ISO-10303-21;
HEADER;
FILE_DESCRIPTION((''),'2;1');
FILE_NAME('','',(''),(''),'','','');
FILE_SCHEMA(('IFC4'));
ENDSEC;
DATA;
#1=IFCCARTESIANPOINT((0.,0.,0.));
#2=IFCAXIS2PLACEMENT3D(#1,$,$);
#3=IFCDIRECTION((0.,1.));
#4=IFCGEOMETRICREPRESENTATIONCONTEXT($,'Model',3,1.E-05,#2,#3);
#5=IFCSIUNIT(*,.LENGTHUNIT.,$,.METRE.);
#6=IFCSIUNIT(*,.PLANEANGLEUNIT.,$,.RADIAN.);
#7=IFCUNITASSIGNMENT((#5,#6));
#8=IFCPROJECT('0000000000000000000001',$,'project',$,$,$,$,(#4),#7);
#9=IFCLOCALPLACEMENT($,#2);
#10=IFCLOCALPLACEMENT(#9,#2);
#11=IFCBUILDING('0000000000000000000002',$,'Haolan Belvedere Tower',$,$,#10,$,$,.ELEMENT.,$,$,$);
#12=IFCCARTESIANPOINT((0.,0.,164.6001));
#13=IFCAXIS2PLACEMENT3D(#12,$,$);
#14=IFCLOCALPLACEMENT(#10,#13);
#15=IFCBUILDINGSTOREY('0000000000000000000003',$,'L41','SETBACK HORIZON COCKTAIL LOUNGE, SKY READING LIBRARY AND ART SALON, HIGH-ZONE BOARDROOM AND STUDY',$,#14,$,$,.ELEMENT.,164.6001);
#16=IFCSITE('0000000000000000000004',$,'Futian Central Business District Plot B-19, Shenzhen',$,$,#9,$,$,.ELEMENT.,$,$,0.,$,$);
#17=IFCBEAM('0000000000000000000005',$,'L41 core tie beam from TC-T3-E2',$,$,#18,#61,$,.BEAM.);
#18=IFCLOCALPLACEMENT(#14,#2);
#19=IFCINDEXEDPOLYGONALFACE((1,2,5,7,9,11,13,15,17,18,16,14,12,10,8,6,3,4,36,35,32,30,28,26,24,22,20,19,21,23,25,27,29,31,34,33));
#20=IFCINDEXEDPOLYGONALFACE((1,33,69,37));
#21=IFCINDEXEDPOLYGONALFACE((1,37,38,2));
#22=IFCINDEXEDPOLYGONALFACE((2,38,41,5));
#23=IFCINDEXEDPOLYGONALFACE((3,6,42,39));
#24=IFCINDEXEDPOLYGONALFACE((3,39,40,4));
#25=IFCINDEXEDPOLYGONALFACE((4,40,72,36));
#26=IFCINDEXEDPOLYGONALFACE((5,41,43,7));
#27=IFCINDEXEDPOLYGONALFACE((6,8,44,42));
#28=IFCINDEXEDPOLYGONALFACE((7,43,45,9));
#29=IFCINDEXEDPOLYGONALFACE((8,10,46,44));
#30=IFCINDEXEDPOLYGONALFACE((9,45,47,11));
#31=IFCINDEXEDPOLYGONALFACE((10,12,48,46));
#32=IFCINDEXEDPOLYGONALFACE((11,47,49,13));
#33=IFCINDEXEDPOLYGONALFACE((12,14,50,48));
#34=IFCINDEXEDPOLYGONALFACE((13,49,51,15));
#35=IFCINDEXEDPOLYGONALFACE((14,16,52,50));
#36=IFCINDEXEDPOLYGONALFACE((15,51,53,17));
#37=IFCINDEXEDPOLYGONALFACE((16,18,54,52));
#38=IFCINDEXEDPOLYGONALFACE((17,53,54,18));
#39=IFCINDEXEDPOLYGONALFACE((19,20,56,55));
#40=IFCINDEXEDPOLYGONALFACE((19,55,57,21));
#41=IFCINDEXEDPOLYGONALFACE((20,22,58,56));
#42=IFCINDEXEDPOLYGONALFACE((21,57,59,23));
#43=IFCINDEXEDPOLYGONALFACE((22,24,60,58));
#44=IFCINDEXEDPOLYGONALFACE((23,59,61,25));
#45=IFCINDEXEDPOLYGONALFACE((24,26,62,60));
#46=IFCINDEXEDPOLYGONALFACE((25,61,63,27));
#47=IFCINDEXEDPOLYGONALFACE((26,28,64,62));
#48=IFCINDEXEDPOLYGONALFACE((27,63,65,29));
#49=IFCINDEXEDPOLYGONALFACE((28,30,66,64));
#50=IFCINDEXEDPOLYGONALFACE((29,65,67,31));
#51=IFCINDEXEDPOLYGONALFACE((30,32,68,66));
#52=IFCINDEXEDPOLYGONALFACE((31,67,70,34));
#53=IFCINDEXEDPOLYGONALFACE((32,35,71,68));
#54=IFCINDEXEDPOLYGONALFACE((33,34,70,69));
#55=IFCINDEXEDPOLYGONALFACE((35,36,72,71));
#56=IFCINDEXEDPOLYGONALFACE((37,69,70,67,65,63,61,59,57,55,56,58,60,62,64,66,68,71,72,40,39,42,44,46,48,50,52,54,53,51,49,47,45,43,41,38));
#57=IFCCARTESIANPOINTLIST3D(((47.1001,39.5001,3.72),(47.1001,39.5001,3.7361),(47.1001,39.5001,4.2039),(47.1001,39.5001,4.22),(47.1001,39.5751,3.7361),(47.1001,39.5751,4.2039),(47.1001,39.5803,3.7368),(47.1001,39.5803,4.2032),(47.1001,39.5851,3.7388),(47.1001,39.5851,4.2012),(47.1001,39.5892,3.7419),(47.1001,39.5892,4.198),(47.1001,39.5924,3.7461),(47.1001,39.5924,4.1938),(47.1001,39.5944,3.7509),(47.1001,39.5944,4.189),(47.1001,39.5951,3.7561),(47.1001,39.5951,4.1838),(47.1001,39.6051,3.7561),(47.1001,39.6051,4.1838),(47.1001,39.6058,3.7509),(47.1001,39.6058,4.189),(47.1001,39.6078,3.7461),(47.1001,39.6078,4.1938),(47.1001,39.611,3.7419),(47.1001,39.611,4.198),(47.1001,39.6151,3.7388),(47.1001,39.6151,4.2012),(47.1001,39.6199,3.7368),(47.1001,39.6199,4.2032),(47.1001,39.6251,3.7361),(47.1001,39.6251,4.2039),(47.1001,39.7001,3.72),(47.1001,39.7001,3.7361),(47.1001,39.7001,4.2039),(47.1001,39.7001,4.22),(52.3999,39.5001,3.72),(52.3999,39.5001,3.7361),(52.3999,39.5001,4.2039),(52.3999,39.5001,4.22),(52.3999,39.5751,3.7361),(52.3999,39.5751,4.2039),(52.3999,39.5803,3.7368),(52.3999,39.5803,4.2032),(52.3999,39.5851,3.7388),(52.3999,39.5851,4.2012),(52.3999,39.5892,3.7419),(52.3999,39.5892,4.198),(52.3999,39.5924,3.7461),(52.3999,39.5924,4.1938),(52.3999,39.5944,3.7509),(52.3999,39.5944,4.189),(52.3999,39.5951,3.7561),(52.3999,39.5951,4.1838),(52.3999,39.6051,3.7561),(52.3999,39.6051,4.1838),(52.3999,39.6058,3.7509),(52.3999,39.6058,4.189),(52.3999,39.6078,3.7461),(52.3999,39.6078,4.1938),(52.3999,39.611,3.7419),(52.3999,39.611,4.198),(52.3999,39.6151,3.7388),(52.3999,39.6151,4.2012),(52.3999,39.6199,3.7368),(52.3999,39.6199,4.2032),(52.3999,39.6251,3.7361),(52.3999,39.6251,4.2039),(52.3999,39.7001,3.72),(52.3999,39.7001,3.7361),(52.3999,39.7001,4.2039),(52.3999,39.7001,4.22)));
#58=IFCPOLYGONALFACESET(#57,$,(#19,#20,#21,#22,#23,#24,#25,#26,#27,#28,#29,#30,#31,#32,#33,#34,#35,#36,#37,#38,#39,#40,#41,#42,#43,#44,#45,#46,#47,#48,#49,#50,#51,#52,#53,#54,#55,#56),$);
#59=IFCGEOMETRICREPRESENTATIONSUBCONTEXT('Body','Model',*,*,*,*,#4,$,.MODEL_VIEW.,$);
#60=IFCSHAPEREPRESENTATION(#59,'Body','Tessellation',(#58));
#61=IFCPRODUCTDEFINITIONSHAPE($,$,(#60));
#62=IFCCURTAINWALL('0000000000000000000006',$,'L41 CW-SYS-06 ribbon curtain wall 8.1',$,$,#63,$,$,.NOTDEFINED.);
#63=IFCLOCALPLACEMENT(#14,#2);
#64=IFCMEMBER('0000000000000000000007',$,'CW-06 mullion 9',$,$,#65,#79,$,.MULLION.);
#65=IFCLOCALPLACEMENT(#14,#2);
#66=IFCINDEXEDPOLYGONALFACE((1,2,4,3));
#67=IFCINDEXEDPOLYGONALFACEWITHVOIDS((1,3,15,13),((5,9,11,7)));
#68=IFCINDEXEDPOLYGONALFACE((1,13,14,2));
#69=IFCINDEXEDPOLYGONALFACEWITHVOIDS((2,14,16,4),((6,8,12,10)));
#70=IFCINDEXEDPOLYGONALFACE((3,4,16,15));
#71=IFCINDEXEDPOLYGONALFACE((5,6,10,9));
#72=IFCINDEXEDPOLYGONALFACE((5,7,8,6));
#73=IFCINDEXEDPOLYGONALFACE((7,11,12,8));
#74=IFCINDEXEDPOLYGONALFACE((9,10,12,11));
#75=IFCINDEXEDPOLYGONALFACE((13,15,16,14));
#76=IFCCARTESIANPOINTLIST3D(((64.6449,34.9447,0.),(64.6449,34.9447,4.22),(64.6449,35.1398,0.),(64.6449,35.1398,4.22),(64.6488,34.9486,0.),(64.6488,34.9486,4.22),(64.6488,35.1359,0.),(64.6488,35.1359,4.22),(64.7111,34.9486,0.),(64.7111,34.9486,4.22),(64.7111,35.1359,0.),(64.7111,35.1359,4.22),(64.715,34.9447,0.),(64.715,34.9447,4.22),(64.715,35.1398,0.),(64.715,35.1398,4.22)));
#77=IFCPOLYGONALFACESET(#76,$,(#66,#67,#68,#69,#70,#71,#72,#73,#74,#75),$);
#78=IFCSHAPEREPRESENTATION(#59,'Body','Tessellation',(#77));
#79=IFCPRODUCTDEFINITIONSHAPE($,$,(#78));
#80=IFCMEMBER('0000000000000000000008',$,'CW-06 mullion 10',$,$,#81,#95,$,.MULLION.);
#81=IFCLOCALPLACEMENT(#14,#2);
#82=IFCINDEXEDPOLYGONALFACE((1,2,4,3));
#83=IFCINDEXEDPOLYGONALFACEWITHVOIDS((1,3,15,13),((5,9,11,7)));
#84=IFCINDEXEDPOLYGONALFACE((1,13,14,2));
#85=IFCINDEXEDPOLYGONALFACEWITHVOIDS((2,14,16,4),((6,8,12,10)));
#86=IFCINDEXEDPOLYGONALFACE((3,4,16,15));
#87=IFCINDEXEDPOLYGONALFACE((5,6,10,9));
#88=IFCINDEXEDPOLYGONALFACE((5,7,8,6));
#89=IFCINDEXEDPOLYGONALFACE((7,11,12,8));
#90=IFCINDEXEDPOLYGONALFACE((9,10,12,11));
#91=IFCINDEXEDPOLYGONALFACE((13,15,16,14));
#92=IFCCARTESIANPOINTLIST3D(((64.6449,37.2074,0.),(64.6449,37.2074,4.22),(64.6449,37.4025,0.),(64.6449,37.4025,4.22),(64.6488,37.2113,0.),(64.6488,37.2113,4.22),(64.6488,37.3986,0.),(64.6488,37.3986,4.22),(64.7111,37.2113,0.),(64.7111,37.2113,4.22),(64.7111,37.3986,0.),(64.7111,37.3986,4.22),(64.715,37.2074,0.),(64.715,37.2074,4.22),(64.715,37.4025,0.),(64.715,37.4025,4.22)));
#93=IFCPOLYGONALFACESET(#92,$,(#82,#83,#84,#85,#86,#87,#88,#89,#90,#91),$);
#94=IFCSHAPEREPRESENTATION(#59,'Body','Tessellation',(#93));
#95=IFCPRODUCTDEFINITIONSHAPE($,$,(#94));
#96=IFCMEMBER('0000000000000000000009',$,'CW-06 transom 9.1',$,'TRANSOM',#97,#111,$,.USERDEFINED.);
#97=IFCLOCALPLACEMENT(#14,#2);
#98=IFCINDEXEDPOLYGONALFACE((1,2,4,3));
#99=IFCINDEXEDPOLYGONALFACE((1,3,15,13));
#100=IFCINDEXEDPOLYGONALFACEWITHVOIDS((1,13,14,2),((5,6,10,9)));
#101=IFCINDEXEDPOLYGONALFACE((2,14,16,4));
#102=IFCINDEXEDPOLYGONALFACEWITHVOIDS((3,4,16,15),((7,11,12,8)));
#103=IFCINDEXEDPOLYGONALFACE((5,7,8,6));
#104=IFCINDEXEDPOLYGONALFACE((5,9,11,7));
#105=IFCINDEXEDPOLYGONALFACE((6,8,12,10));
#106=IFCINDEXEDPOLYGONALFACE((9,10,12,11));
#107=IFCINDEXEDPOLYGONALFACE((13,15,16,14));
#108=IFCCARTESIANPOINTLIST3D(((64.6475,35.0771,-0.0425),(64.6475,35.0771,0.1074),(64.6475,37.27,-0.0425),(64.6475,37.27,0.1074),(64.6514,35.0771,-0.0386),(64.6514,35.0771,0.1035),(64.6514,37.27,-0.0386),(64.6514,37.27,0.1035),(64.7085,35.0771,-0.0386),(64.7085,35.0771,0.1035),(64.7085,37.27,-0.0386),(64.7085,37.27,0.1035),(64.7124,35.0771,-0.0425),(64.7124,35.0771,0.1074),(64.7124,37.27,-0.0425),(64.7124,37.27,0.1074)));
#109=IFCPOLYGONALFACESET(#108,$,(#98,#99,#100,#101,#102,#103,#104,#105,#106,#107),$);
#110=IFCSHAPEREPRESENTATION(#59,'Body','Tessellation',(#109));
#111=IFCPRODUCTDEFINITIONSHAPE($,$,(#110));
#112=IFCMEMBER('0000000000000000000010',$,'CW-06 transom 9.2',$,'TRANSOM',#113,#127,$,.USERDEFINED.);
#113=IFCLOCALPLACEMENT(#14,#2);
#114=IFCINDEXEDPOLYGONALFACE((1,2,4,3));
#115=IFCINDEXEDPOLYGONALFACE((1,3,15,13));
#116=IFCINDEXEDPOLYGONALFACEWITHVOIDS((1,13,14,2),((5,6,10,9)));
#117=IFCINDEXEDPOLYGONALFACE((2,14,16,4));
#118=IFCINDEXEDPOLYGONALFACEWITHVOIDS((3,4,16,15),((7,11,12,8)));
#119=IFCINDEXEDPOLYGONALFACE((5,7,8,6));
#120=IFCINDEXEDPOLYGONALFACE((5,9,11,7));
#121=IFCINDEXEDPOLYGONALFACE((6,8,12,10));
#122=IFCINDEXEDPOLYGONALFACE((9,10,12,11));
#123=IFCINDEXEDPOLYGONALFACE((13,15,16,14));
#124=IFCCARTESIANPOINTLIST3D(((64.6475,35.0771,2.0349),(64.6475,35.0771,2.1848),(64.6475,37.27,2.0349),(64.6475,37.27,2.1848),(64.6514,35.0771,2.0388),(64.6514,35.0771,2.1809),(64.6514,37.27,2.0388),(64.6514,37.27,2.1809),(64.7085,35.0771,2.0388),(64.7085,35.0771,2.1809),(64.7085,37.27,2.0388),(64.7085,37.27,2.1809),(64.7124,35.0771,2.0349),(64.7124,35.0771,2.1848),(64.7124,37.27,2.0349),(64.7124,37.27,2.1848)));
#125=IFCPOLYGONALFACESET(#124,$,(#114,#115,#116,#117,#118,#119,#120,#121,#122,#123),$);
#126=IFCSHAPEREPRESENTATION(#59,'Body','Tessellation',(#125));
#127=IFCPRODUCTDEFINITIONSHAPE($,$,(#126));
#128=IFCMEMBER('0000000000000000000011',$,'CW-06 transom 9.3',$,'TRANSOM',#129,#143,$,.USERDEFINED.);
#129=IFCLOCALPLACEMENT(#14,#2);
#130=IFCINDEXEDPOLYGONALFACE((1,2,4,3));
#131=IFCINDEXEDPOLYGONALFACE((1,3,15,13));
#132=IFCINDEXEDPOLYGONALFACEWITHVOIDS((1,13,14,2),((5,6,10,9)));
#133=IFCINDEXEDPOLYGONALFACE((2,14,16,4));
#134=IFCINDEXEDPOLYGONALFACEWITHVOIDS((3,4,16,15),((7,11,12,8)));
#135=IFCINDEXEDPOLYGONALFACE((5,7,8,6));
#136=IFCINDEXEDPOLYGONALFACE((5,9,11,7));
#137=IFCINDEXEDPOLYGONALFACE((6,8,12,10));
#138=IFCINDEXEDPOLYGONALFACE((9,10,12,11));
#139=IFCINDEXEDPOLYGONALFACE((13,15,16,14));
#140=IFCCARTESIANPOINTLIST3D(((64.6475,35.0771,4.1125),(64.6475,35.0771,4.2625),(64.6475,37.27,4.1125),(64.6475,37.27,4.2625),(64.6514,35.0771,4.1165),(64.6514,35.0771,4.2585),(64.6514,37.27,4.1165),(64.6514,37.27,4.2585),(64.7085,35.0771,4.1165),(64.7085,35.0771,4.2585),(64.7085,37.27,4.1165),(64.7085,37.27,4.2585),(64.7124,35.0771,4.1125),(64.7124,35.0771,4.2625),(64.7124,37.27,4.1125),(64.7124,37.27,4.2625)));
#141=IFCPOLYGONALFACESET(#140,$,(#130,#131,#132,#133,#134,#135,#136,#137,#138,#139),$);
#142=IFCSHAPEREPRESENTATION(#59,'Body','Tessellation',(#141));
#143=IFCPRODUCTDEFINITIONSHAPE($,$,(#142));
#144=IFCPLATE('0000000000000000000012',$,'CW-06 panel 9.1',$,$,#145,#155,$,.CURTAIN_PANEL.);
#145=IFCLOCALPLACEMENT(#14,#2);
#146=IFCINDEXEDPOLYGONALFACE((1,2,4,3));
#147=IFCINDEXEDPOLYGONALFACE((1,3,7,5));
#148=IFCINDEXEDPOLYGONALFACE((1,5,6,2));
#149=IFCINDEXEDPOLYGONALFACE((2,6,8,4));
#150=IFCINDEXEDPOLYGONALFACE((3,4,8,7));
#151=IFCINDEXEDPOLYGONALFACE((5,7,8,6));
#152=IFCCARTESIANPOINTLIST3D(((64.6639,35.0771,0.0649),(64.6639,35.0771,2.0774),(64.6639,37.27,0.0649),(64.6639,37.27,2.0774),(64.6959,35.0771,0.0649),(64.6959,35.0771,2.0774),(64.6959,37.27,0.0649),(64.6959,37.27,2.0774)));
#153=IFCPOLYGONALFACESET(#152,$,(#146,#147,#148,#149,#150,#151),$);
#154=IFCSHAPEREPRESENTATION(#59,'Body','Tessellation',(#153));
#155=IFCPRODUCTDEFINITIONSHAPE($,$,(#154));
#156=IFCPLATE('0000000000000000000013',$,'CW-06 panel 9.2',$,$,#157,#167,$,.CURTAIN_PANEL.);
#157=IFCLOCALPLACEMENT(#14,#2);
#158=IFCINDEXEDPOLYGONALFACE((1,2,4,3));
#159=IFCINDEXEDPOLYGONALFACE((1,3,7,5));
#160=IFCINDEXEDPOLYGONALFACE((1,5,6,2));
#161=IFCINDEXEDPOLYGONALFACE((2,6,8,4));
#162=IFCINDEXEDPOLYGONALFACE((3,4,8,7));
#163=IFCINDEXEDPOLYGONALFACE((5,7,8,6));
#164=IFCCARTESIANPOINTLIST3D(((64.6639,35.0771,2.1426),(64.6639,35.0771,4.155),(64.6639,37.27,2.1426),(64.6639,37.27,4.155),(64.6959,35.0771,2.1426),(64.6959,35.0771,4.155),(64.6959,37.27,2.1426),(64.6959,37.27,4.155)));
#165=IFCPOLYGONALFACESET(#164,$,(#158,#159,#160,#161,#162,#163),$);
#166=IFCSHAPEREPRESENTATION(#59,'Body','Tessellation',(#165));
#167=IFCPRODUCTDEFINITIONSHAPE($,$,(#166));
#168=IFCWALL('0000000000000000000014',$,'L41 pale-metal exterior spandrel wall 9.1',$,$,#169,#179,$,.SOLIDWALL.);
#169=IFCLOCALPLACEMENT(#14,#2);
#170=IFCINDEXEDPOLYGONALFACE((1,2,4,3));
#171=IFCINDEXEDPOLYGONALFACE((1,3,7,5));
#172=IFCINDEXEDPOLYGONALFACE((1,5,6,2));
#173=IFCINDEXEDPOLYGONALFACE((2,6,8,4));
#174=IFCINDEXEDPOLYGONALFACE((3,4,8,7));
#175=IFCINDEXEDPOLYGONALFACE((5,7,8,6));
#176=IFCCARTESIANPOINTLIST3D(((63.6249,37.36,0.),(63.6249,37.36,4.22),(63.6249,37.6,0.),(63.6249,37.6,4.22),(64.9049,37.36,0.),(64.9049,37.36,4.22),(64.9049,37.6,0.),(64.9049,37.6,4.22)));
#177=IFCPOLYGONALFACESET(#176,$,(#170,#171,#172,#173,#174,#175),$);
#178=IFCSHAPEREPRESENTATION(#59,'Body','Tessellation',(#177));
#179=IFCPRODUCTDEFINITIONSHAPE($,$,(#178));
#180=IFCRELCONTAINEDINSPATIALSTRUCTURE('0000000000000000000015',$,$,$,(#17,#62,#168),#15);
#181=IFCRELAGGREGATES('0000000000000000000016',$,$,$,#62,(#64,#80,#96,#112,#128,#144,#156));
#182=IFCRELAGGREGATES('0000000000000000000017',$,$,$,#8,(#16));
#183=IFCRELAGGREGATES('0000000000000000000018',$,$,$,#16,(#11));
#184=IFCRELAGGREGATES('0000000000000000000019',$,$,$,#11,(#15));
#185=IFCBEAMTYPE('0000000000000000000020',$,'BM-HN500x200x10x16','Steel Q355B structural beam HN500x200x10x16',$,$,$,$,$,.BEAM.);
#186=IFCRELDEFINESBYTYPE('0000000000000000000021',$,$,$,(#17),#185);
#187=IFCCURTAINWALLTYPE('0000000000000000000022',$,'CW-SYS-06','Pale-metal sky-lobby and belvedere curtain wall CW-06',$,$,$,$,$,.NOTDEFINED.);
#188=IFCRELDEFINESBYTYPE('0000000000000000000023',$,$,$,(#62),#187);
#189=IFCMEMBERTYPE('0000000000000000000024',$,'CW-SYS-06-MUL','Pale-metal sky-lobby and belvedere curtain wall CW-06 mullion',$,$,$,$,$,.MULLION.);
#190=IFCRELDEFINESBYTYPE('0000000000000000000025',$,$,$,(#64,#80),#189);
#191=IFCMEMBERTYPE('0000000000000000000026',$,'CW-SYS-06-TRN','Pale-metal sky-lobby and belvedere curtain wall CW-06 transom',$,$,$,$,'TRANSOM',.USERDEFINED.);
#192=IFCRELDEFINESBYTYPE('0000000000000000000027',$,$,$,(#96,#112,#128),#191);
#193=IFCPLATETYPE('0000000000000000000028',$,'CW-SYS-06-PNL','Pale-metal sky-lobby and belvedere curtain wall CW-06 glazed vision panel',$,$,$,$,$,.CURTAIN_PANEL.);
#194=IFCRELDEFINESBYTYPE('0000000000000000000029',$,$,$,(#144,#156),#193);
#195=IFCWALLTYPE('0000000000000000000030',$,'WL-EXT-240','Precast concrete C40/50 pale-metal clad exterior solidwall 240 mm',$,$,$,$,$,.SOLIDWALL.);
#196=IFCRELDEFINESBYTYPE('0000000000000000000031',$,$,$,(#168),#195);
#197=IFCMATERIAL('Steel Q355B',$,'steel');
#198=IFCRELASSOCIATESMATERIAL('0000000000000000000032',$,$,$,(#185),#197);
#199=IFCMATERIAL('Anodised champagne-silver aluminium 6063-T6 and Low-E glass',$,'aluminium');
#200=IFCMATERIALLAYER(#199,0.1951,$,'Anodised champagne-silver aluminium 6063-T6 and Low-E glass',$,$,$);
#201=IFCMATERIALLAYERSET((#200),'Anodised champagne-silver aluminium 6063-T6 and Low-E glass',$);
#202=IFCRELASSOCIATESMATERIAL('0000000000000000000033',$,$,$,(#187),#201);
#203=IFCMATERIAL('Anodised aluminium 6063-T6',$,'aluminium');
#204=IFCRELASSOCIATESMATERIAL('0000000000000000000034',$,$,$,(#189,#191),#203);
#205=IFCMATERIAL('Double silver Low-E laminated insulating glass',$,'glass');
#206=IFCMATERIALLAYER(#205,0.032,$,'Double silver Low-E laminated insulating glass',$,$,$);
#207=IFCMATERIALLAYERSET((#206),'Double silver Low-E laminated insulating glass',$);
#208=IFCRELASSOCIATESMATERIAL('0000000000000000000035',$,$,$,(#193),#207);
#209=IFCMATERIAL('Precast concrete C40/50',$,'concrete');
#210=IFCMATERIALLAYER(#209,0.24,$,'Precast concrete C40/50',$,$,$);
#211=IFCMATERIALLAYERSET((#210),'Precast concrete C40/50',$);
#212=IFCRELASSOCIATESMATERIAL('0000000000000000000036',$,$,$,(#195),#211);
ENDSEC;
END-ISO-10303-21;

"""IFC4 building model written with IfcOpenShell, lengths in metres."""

from ifc_helpers import new_model, si_unit, direction, frame, frame_2d, origin, origin_2d, place, context, subcontext, project, spatial, rectangle, hollow_rectangle, i_section, extrude, material, layer, layer_set, material_profile, profile_set, type_object, element, aggregate, save


model = new_model("IFC4")

# Units and contexts
model_context = context("Model", 3, precision=1e-05, world=origin(), true_north=direction((0.0, 1.0)))
body_context = subcontext(model_context, "Body", "Model", "MODEL_VIEW")
ifc_project = project(units=[si_unit("LENGTHUNIT", "METRE"), si_unit("PLANEANGLEUNIT", "RADIAN")], contexts=[model_context])

# Site, building, storey
site_placement = place(None, origin())
site = spatial("IfcSite", under=ifc_project, at=site_placement, Name="Futian Central Business District Plot B-19, Shenzhen", CompositionType="ELEMENT", RefElevation=0.0)
building_placement = place(site_placement, origin())
building = spatial("IfcBuilding", under=site, at=building_placement, Name="Haolan Belvedere Tower", CompositionType="ELEMENT")
storey_placement = place(building_placement, frame((0.0, 0.0, 164.6001)))
storey = spatial("IfcBuildingStorey", under=building, at=storey_placement, Name="L41", Description="SETBACK HORIZON COCKTAIL LOUNGE, SKY READING LIBRARY AND ART SALON, HIGH-ZONE BOARDROOM AND STUDY", CompositionType="ELEMENT", Elevation=164.6001)

# Beam
ifc_material_1 = material(Name="Steel Q355B", Category="steel")
ifc_material_profile_1 = material_profile(ifc_material_1, i_section(OverallWidth=0.2, OverallDepth=0.5, WebThickness=0.01, FlangeThickness=0.0161, FilletRadius=0.02, at=origin_2d()), Name="Steel Q355B")
ifc_profile_set_1 = profile_set([ifc_material_profile_1], Name="Steel Q355B")
beam_type_1 = type_object("IfcBeamType", Name="BM-HN500x200x10x16", Description="Steel Q355B structural beam HN500x200x10x16", PredefinedType="BEAM", material=ifc_profile_set_1)
beam_1_placement = place(storey_placement, frame((52.3999, 39.6001, 3.97), z_axis=(-1.0, 0.0, 0.0), x_axis=(0.0, -1.0, 0.0)))
element("IfcBeam", 1, at=beam_1_placement, inside=storey, type_object=beam_type_1, Name="L41 core tie beam from TC-T3-E2", PredefinedType="BEAM", context=body_context, shape_type="SweptSolid", body=[
    extrude(i_section(OverallWidth=0.2, OverallDepth=0.5, WebThickness=0.01, FlangeThickness=0.0161, FilletRadius=0.02, at=origin_2d()), origin(), (0.0, 0.0, 1.0), 5.2998),
])

# Curtain wall, members, plates
ifc_material_2 = material(Name="Anodised champagne-silver aluminium 6063-T6 and Low-E glass", Category="aluminium")
ifc_layer_1 = layer(ifc_material_2, 0.1951, Name="Anodised champagne-silver aluminium 6063-T6 and Low-E glass")
ifc_layer_set_1 = layer_set([ifc_layer_1], Name="Anodised champagne-silver aluminium 6063-T6 and Low-E glass")
curtain_wall_type = type_object("IfcCurtainWallType", Name="CW-SYS-06", Description="Pale-metal sky-lobby and belvedere curtain wall CW-06", PredefinedType="NOTDEFINED", material=ifc_layer_set_1)
curtain_wall_placement = place(storey_placement, origin())
curtain_wall = element("IfcCurtainWall", 2, at=curtain_wall_placement, inside=storey, type_object=curtain_wall_type, Name="L41 CW-SYS-06 ribbon curtain wall 8.1", PredefinedType="NOTDEFINED")
ifc_material_3 = material(Name="Anodised aluminium 6063-T6", Category="aluminium")
ifc_material_profile_2 = material_profile(ifc_material_3, hollow_rectangle(XDim=0.0701, YDim=0.1951, WallThickness=0.0039, at=origin_2d()), Name="Anodised aluminium 6063-T6")
ifc_profile_set_2 = profile_set([ifc_material_profile_2], Name="Anodised aluminium 6063-T6")
member_type_1 = type_object("IfcMemberType", Name="CW-SYS-06-MUL", Description="Pale-metal sky-lobby and belvedere curtain wall CW-06 mullion", PredefinedType="MULLION", material=ifc_profile_set_2)
member_1_placement = place(storey_placement, frame((64.6799, 35.0422, 0.0), z_axis=(0.0, 0.0, 1.0), x_axis=(-1.0, 0.0, 0.0)))
member_1 = element("IfcMember", 3, at=member_1_placement, type_object=member_type_1, Name="CW-06 mullion 9", PredefinedType="MULLION", context=body_context, shape_type="SweptSolid", body=[
    extrude(hollow_rectangle(XDim=0.0701, YDim=0.1951, WallThickness=0.0039, at=origin_2d()), origin(), (0.0, 0.0, 1.0), 4.22),
])
member_2_placement = place(storey_placement, frame((64.6799, 37.3049, 0.0), z_axis=(0.0, 0.0, 1.0), x_axis=(-1.0, 0.0, 0.0)))
member_2 = element("IfcMember", 4, at=member_2_placement, type_object=member_type_1, Name="CW-06 mullion 10", PredefinedType="MULLION", context=body_context, shape_type="SweptSolid", body=[
    extrude(hollow_rectangle(XDim=0.0701, YDim=0.1951, WallThickness=0.0039, at=origin_2d()), origin(), (0.0, 0.0, 1.0), 4.22),
])
ifc_material_profile_3 = material_profile(ifc_material_3, hollow_rectangle(XDim=0.0649, YDim=0.1499, WallThickness=0.0039, at=origin_2d()), Name="Anodised aluminium 6063-T6")
ifc_profile_set_3 = profile_set([ifc_material_profile_3], Name="Anodised aluminium 6063-T6")
member_type_2 = type_object("IfcMemberType", Name="CW-SYS-06-TRN", Description="Pale-metal sky-lobby and belvedere curtain wall CW-06 transom", ElementType="TRANSOM", PredefinedType="USERDEFINED", material=ifc_profile_set_3)
member_3_placement = place(storey_placement, frame((64.6799, 35.0771, 0.0325), z_axis=(0.0, 1.0, 0.0), x_axis=(-1.0, 0.0, 0.0)))
member_3 = element("IfcMember", 5, at=member_3_placement, type_object=member_type_2, Name="CW-06 transom 9.1", ObjectType="TRANSOM", PredefinedType="USERDEFINED", context=body_context, shape_type="SweptSolid", body=[
    extrude(hollow_rectangle(XDim=0.0649, YDim=0.1499, WallThickness=0.0039, at=origin_2d()), origin(), (0.0, 0.0, 1.0), 2.1929),
])
member_4_placement = place(storey_placement, frame((64.6799, 35.0771, 2.1099), z_axis=(0.0, 1.0, 0.0), x_axis=(-1.0, 0.0, 0.0)))
member_4 = element("IfcMember", 6, at=member_4_placement, type_object=member_type_2, Name="CW-06 transom 9.2", ObjectType="TRANSOM", PredefinedType="USERDEFINED", context=body_context, shape_type="SweptSolid", body=[
    extrude(hollow_rectangle(XDim=0.0649, YDim=0.1499, WallThickness=0.0039, at=origin_2d()), origin(), (0.0, 0.0, 1.0), 2.1929),
])
member_5_placement = place(storey_placement, frame((64.6799, 35.0771, 4.1875), z_axis=(0.0, 1.0, 0.0), x_axis=(-1.0, 0.0, 0.0)))
member_5 = element("IfcMember", 7, at=member_5_placement, type_object=member_type_2, Name="CW-06 transom 9.3", ObjectType="TRANSOM", PredefinedType="USERDEFINED", context=body_context, shape_type="SweptSolid", body=[
    extrude(hollow_rectangle(XDim=0.0649, YDim=0.1499, WallThickness=0.0039, at=origin_2d()), origin(), (0.0, 0.0, 1.0), 2.1929),
])
ifc_material_4 = material(Name="Double silver Low-E laminated insulating glass", Category="glass")
ifc_layer_2 = layer(ifc_material_4, 0.032, Name="Double silver Low-E laminated insulating glass")
ifc_layer_set_2 = layer_set([ifc_layer_2], Name="Double silver Low-E laminated insulating glass")
plate_type = type_object("IfcPlateType", Name="CW-SYS-06-PNL", Description="Pale-metal sky-lobby and belvedere curtain wall CW-06 glazed vision panel", PredefinedType="CURTAIN_PANEL", material=ifc_layer_set_2)
plate_1_placement = place(storey_placement, frame((64.6799, 36.1736, 0.0649), z_axis=(0.0, 0.0, 1.0), x_axis=(0.0, 1.0, 0.0)))
plate_1 = element("IfcPlate", 8, at=plate_1_placement, type_object=plate_type, Name="CW-06 panel 9.1", PredefinedType="CURTAIN_PANEL", context=body_context, shape_type="SweptSolid", body=[
    extrude(rectangle(XDim=2.1929, YDim=0.032, at=origin_2d()), origin(), (0.0, 0.0, 1.0), 2.0125),
])
plate_2_placement = place(storey_placement, frame((64.6799, 36.1736, 2.1426), z_axis=(0.0, 0.0, 1.0), x_axis=(0.0, 1.0, 0.0)))
plate_2 = element("IfcPlate", 9, at=plate_2_placement, type_object=plate_type, Name="CW-06 panel 9.2", PredefinedType="CURTAIN_PANEL", context=body_context, shape_type="SweptSolid", body=[
    extrude(rectangle(XDim=2.1929, YDim=0.032, at=origin_2d()), origin(), (0.0, 0.0, 1.0), 2.0125),
])
aggregate(curtain_wall, [member_1, member_2, member_3, member_4, member_5, plate_1, plate_2])

# Wall
ifc_material_5 = material(Name="Precast concrete C40/50", Category="concrete")
ifc_layer_3 = layer(ifc_material_5, 0.24, Name="Precast concrete C40/50")
ifc_layer_set_3 = layer_set([ifc_layer_3], Name="Precast concrete C40/50")
wall_type = type_object("IfcWallType", Name="WL-EXT-240", Description="Precast concrete C40/50 pale-metal clad exterior solidwall 240 mm", PredefinedType="SOLIDWALL", material=ifc_layer_set_3)
wall_1_placement = place(storey_placement, frame((64.905, 37.48, 0.0), z_axis=(0.0, 0.0, 1.0), x_axis=(-1.0, 0.0, 0.0)))
element("IfcWall", 10, at=wall_1_placement, inside=storey, type_object=wall_type, Name="L41 pale-metal exterior spandrel wall 9.1", PredefinedType="SOLIDWALL", context=body_context, shape_type="SweptSolid", body=[
    extrude(rectangle(XDim=1.28, YDim=0.24, at=frame_2d((0.6401, 0.0))), origin(), (0.0, 0.0, 1.0), 4.22),
])

save(model, "model.ifc")
